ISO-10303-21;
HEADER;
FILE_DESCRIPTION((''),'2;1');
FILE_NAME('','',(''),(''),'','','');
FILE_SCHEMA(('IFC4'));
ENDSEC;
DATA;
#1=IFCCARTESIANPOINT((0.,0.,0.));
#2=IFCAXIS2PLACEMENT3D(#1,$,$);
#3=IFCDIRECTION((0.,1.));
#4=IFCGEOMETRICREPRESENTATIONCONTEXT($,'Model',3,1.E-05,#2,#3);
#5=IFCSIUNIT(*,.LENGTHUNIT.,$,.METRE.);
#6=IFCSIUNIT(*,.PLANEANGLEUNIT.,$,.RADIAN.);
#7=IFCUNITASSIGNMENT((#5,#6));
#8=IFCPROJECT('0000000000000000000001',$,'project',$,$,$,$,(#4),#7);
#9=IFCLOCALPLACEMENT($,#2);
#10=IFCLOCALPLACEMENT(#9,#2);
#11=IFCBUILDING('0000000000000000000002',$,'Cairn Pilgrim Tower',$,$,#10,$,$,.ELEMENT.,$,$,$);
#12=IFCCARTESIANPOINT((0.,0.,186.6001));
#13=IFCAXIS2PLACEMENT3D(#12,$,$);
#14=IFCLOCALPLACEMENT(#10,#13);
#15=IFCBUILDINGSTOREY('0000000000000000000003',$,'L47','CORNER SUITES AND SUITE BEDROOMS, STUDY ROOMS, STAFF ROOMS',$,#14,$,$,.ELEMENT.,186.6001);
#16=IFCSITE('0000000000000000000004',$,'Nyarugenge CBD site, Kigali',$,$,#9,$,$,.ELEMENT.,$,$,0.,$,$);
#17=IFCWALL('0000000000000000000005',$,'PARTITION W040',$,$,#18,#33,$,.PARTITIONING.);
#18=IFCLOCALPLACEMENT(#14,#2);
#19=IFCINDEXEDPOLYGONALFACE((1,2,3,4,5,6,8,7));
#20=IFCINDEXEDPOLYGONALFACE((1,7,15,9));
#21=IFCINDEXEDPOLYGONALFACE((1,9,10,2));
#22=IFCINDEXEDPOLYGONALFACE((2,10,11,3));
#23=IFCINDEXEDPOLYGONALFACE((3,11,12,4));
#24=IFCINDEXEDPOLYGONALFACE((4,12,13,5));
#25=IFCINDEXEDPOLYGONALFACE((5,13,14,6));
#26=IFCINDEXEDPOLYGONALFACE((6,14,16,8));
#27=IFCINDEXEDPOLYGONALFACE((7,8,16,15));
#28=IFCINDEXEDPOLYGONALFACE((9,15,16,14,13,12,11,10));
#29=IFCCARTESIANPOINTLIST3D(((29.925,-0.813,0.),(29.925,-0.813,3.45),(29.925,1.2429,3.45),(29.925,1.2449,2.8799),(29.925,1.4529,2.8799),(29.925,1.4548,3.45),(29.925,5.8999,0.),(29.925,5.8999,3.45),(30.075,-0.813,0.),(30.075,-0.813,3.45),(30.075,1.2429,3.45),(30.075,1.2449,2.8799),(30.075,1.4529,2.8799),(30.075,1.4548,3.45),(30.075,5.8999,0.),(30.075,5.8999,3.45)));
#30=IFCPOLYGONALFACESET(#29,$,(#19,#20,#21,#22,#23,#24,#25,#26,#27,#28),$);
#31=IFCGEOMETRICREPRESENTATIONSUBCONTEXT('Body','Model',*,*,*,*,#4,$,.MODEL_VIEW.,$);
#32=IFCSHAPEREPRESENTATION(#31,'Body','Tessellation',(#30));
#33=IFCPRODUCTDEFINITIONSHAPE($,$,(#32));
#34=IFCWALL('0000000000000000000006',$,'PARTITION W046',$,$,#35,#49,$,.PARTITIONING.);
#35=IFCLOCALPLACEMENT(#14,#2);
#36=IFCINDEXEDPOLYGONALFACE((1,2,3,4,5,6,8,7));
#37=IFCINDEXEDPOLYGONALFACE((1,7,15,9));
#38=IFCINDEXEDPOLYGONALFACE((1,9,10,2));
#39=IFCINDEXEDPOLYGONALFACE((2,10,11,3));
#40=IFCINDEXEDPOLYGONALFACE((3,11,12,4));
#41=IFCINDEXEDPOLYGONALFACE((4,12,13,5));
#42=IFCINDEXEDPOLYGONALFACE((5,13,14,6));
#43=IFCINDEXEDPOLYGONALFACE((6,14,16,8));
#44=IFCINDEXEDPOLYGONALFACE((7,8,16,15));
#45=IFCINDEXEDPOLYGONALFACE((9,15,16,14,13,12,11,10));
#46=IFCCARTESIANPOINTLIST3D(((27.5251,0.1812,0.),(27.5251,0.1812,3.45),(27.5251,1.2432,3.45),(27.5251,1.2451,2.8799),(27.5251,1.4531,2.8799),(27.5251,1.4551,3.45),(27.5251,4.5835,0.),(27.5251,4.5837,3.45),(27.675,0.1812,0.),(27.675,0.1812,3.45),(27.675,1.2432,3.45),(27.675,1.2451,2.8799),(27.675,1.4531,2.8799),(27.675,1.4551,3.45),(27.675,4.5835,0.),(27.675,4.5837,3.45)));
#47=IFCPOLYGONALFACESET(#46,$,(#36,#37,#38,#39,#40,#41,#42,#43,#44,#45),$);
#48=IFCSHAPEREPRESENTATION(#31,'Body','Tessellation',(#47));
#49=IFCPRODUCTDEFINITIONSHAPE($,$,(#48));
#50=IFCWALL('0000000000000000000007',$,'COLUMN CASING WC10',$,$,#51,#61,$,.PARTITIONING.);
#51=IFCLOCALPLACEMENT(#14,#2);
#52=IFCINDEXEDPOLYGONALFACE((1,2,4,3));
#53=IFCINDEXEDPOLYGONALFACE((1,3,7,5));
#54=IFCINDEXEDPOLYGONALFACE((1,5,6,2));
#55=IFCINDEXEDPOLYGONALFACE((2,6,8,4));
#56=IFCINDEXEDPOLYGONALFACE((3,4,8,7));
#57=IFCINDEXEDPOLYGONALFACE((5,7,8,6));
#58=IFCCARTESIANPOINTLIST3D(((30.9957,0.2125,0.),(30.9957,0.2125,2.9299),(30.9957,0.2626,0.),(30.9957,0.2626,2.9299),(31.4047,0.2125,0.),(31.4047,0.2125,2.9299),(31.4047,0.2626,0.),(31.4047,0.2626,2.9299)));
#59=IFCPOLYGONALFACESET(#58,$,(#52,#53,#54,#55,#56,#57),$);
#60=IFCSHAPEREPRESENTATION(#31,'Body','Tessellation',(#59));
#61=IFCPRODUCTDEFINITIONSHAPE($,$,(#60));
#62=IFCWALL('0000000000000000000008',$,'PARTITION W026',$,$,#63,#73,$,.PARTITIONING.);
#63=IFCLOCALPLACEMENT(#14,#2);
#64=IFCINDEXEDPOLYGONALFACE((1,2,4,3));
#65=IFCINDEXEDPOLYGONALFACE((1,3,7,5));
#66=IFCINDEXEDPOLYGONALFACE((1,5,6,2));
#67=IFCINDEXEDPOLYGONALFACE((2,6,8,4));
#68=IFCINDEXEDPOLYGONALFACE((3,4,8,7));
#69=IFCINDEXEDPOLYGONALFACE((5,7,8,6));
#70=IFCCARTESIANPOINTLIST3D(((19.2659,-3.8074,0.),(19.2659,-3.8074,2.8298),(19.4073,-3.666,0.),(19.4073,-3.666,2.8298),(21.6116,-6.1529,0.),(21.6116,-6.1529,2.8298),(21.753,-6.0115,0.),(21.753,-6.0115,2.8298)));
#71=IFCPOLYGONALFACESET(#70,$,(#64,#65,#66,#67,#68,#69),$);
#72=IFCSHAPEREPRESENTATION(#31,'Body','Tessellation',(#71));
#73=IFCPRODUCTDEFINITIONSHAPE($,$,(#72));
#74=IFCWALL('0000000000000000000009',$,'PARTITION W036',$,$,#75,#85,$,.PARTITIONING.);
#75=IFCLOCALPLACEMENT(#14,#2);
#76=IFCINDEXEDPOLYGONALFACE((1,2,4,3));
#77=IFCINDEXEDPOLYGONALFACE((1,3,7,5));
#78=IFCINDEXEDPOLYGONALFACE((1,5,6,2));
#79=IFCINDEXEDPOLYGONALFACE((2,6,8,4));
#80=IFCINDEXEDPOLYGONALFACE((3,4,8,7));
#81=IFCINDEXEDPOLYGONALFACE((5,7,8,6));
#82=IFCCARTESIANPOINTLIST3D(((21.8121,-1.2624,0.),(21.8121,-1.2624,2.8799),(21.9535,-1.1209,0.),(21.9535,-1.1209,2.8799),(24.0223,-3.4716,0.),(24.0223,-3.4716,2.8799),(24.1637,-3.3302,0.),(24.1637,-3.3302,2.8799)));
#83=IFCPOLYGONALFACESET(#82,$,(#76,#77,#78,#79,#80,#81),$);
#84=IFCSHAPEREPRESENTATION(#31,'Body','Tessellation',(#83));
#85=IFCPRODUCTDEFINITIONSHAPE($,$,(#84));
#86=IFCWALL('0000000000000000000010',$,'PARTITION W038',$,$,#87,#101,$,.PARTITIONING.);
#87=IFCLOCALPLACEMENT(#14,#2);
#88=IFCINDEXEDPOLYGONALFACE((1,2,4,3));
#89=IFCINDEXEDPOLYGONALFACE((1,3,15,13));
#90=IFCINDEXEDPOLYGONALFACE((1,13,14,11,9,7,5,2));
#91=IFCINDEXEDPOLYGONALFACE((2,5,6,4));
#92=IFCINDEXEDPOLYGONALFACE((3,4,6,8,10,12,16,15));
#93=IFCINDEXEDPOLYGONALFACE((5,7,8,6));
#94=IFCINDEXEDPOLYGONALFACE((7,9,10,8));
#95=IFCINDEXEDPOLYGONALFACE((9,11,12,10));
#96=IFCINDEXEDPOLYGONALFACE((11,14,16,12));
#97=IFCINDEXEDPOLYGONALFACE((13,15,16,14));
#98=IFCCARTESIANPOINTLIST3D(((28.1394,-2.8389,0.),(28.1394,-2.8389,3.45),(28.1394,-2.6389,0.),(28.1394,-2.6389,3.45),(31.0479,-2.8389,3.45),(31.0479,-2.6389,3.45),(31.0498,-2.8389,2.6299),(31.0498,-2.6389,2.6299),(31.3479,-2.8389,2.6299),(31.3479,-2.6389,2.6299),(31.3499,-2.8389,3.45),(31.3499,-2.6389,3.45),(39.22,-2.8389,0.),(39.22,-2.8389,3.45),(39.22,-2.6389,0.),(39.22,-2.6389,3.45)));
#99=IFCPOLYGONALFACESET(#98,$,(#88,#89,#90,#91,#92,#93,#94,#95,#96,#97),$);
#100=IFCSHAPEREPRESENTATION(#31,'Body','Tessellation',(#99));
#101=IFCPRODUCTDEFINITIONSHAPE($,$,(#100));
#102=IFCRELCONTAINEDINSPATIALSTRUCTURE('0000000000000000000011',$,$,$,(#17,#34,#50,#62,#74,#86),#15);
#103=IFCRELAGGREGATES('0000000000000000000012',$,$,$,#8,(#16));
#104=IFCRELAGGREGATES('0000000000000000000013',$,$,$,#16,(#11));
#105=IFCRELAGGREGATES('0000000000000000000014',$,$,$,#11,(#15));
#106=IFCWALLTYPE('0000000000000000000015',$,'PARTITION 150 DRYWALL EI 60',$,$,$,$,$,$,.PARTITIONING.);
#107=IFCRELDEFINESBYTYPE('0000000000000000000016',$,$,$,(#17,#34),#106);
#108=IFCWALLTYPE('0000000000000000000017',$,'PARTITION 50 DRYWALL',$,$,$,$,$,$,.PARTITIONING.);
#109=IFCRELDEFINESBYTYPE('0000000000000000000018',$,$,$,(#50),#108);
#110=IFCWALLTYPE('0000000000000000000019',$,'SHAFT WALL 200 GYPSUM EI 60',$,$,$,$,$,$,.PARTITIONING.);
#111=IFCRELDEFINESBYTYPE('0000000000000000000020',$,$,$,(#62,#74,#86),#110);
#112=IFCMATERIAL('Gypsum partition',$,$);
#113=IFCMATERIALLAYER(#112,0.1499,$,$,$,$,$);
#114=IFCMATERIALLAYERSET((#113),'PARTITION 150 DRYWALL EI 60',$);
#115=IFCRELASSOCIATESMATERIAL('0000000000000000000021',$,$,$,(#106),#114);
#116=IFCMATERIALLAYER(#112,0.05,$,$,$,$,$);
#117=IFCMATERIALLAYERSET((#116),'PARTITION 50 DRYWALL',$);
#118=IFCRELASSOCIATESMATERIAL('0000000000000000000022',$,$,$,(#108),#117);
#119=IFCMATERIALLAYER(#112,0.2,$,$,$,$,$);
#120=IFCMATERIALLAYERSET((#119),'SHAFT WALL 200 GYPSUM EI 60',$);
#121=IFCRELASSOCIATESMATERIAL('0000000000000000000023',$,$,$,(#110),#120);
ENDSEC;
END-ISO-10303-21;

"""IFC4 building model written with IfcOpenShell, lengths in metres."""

from ifc_helpers import new_model, si_unit, direction, frame, frame_2d, origin, place, context, subcontext, project, spatial, polyline, rectangle, outline, extrude, material, layer, layer_set, type_object, element, save


model = new_model("IFC4")

# Units and contexts
model_context = context("Model", 3, precision=1e-05, world=origin(), true_north=direction((0.0, 1.0)))
body_context = subcontext(model_context, "Body", "Model", "MODEL_VIEW")
ifc_project = project(units=[si_unit("LENGTHUNIT", "METRE"), si_unit("PLANEANGLEUNIT", "RADIAN")], contexts=[model_context])

# Site, building, storey
site_placement = place(None, origin())
site = spatial("IfcSite", under=ifc_project, at=site_placement, Name="Nyarugenge CBD site, Kigali", CompositionType="ELEMENT", RefElevation=0.0)
building_placement = place(site_placement, origin())
building = spatial("IfcBuilding", under=site, at=building_placement, Name="Cairn Pilgrim Tower", CompositionType="ELEMENT")
storey_placement = place(building_placement, frame((0.0, 0.0, 186.6001)))
storey = spatial("IfcBuildingStorey", under=building, at=storey_placement, Name="L47", Description="CORNER SUITES AND SUITE BEDROOMS, STUDY ROOMS, STAFF ROOMS", CompositionType="ELEMENT", Elevation=186.6001)

# Shared definitions
ifc_material_1 = material(Name="Gypsum partition")

# Shared definitions
ifc_layer_1 = layer(ifc_material_1, 0.1499)
ifc_layer_set_1 = layer_set([ifc_layer_1], Name="PARTITION 150 DRYWALL EI 60")
wall_type_1 = type_object("IfcWallType", Name="PARTITION 150 DRYWALL EI 60", PredefinedType="PARTITIONING", material=ifc_layer_set_1)

# Walls
wall_1_placement = place(storey_placement, frame((30.0, -0.813, 0.0), z_axis=(0.0, 0.0, 1.0), x_axis=(0.0, 1.0, 0.0)))
element("IfcWall", 1, at=wall_1_placement, inside=storey, type_object=wall_type_1, Name="PARTITION W040", PredefinedType="PARTITIONING", context=body_context, shape_type="SweptSolid", body=[
    extrude(outline(polyline([(0.0, 0.0), (6.7129, 0.0), (6.7129, 3.45), (2.2678, 3.45), (2.2659, 2.8799), (2.0579, 2.8799), (2.0559, 3.45), (0.0, 3.45), (0.0, 0.0)])), frame((0.0, 0.075, 0.0), z_axis=(0.0, -1.0, 0.0), x_axis=(1.0, 0.0, 0.0)), (0.0, 0.0, 1.0), 0.1499),
])
wall_2_placement = place(storey_placement, frame((27.6001, 0.1812, 0.0), z_axis=(0.0, 0.0, 1.0), x_axis=(0.0, 1.0, 0.0)))
element("IfcWall", 2, at=wall_2_placement, inside=storey, type_object=wall_type_1, Name="PARTITION W046", PredefinedType="PARTITIONING", context=body_context, shape_type="SweptSolid", body=[
    extrude(outline(polyline([(0.0, 0.0), (4.4023, 0.0), (4.4026, 3.45), (1.2739, 3.45), (1.272, 2.8799), (1.064, 2.8799), (1.062, 3.45), (0.0, 3.45), (0.0, 0.0)])), frame((0.0, 0.075, 0.0), z_axis=(0.0, -1.0, 0.0), x_axis=(1.0, 0.0, 0.0)), (0.0, 0.0, 1.0), 0.1499),
])
ifc_layer_2 = layer(ifc_material_1, 0.05)
ifc_layer_set_2 = layer_set([ifc_layer_2], Name="PARTITION 50 DRYWALL")
wall_type_2 = type_object("IfcWallType", Name="PARTITION 50 DRYWALL", PredefinedType="PARTITIONING", material=ifc_layer_set_2)
wall_3_placement = place(storey_placement, frame((30.9956, 0.2375, 0.0), z_axis=(0.0, 0.0, 1.0), x_axis=(1.0, 0.0, 0.0)))
element("IfcWall", 3, at=wall_3_placement, inside=storey, type_object=wall_type_2, Name="COLUMN CASING WC10", PredefinedType="PARTITIONING", context=body_context, shape_type="SweptSolid", body=[
    extrude(rectangle(XDim=0.4089, YDim=0.05, at=frame_2d((0.2046, 0.0))), origin(), (0.0, 0.0, 1.0), 2.9299),
])
ifc_layer_3 = layer(ifc_material_1, 0.2)
ifc_layer_set_3 = layer_set([ifc_layer_3], Name="SHAFT WALL 200 GYPSUM EI 60")
wall_type_3 = type_object("IfcWallType", Name="SHAFT WALL 200 GYPSUM EI 60", PredefinedType="PARTITIONING", material=ifc_layer_set_3)
wall_4_placement = place(storey_placement, frame((21.6824, -6.0823, 0.0), z_axis=(0.0, 0.0, 1.0), x_axis=(-0.707144, 0.70707, 0.0)))
element("IfcWall", 4, at=wall_4_placement, inside=storey, type_object=wall_type_3, Name="PARTITION W026", PredefinedType="PARTITIONING", context=body_context, shape_type="SweptSolid", body=[
    extrude(rectangle(XDim=3.3171, YDim=0.2, at=frame_2d((1.6587, 0.0))), origin(), (0.0, 0.0, 1.0), 2.8298),
])
wall_5_placement = place(storey_placement, frame((24.093, -3.4009, 0.0), z_axis=(0.0, 0.0, 1.0), x_axis=(-0.707263, 0.706951, 0.0)))
element("IfcWall", 5, at=wall_5_placement, inside=storey, type_object=wall_type_3, Name="PARTITION W036", PredefinedType="PARTITIONING", context=body_context, shape_type="SweptSolid", body=[
    extrude(rectangle(XDim=3.125, YDim=0.2, at=frame_2d((1.5625, 0.0))), origin(), (0.0, 0.0, 1.0), 2.8799),
])
wall_6_placement = place(storey_placement, frame((28.1394, -2.739, 0.0), z_axis=(0.0, 0.0, 1.0), x_axis=(1.0, 0.0, 0.0)))
element("IfcWall", 6, at=wall_6_placement, inside=storey, type_object=wall_type_3, Name="PARTITION W038", PredefinedType="PARTITIONING", context=body_context, shape_type="SweptSolid", body=[
    extrude(outline(polyline([(0.0, 0.0), (11.0806, 0.0), (11.0806, 3.45), (3.2104, 3.45), (3.2085, 2.6299), (2.9104, 2.6299), (2.9084, 3.45), (0.0, 3.45), (0.0, 0.0)])), frame((0.0, 0.1001, 0.0), z_axis=(0.0, -1.0, 0.0), x_axis=(1.0, 0.0, 0.0)), (0.0, 0.0, 1.0), 0.2),
])

save(model, "model.ifc")
